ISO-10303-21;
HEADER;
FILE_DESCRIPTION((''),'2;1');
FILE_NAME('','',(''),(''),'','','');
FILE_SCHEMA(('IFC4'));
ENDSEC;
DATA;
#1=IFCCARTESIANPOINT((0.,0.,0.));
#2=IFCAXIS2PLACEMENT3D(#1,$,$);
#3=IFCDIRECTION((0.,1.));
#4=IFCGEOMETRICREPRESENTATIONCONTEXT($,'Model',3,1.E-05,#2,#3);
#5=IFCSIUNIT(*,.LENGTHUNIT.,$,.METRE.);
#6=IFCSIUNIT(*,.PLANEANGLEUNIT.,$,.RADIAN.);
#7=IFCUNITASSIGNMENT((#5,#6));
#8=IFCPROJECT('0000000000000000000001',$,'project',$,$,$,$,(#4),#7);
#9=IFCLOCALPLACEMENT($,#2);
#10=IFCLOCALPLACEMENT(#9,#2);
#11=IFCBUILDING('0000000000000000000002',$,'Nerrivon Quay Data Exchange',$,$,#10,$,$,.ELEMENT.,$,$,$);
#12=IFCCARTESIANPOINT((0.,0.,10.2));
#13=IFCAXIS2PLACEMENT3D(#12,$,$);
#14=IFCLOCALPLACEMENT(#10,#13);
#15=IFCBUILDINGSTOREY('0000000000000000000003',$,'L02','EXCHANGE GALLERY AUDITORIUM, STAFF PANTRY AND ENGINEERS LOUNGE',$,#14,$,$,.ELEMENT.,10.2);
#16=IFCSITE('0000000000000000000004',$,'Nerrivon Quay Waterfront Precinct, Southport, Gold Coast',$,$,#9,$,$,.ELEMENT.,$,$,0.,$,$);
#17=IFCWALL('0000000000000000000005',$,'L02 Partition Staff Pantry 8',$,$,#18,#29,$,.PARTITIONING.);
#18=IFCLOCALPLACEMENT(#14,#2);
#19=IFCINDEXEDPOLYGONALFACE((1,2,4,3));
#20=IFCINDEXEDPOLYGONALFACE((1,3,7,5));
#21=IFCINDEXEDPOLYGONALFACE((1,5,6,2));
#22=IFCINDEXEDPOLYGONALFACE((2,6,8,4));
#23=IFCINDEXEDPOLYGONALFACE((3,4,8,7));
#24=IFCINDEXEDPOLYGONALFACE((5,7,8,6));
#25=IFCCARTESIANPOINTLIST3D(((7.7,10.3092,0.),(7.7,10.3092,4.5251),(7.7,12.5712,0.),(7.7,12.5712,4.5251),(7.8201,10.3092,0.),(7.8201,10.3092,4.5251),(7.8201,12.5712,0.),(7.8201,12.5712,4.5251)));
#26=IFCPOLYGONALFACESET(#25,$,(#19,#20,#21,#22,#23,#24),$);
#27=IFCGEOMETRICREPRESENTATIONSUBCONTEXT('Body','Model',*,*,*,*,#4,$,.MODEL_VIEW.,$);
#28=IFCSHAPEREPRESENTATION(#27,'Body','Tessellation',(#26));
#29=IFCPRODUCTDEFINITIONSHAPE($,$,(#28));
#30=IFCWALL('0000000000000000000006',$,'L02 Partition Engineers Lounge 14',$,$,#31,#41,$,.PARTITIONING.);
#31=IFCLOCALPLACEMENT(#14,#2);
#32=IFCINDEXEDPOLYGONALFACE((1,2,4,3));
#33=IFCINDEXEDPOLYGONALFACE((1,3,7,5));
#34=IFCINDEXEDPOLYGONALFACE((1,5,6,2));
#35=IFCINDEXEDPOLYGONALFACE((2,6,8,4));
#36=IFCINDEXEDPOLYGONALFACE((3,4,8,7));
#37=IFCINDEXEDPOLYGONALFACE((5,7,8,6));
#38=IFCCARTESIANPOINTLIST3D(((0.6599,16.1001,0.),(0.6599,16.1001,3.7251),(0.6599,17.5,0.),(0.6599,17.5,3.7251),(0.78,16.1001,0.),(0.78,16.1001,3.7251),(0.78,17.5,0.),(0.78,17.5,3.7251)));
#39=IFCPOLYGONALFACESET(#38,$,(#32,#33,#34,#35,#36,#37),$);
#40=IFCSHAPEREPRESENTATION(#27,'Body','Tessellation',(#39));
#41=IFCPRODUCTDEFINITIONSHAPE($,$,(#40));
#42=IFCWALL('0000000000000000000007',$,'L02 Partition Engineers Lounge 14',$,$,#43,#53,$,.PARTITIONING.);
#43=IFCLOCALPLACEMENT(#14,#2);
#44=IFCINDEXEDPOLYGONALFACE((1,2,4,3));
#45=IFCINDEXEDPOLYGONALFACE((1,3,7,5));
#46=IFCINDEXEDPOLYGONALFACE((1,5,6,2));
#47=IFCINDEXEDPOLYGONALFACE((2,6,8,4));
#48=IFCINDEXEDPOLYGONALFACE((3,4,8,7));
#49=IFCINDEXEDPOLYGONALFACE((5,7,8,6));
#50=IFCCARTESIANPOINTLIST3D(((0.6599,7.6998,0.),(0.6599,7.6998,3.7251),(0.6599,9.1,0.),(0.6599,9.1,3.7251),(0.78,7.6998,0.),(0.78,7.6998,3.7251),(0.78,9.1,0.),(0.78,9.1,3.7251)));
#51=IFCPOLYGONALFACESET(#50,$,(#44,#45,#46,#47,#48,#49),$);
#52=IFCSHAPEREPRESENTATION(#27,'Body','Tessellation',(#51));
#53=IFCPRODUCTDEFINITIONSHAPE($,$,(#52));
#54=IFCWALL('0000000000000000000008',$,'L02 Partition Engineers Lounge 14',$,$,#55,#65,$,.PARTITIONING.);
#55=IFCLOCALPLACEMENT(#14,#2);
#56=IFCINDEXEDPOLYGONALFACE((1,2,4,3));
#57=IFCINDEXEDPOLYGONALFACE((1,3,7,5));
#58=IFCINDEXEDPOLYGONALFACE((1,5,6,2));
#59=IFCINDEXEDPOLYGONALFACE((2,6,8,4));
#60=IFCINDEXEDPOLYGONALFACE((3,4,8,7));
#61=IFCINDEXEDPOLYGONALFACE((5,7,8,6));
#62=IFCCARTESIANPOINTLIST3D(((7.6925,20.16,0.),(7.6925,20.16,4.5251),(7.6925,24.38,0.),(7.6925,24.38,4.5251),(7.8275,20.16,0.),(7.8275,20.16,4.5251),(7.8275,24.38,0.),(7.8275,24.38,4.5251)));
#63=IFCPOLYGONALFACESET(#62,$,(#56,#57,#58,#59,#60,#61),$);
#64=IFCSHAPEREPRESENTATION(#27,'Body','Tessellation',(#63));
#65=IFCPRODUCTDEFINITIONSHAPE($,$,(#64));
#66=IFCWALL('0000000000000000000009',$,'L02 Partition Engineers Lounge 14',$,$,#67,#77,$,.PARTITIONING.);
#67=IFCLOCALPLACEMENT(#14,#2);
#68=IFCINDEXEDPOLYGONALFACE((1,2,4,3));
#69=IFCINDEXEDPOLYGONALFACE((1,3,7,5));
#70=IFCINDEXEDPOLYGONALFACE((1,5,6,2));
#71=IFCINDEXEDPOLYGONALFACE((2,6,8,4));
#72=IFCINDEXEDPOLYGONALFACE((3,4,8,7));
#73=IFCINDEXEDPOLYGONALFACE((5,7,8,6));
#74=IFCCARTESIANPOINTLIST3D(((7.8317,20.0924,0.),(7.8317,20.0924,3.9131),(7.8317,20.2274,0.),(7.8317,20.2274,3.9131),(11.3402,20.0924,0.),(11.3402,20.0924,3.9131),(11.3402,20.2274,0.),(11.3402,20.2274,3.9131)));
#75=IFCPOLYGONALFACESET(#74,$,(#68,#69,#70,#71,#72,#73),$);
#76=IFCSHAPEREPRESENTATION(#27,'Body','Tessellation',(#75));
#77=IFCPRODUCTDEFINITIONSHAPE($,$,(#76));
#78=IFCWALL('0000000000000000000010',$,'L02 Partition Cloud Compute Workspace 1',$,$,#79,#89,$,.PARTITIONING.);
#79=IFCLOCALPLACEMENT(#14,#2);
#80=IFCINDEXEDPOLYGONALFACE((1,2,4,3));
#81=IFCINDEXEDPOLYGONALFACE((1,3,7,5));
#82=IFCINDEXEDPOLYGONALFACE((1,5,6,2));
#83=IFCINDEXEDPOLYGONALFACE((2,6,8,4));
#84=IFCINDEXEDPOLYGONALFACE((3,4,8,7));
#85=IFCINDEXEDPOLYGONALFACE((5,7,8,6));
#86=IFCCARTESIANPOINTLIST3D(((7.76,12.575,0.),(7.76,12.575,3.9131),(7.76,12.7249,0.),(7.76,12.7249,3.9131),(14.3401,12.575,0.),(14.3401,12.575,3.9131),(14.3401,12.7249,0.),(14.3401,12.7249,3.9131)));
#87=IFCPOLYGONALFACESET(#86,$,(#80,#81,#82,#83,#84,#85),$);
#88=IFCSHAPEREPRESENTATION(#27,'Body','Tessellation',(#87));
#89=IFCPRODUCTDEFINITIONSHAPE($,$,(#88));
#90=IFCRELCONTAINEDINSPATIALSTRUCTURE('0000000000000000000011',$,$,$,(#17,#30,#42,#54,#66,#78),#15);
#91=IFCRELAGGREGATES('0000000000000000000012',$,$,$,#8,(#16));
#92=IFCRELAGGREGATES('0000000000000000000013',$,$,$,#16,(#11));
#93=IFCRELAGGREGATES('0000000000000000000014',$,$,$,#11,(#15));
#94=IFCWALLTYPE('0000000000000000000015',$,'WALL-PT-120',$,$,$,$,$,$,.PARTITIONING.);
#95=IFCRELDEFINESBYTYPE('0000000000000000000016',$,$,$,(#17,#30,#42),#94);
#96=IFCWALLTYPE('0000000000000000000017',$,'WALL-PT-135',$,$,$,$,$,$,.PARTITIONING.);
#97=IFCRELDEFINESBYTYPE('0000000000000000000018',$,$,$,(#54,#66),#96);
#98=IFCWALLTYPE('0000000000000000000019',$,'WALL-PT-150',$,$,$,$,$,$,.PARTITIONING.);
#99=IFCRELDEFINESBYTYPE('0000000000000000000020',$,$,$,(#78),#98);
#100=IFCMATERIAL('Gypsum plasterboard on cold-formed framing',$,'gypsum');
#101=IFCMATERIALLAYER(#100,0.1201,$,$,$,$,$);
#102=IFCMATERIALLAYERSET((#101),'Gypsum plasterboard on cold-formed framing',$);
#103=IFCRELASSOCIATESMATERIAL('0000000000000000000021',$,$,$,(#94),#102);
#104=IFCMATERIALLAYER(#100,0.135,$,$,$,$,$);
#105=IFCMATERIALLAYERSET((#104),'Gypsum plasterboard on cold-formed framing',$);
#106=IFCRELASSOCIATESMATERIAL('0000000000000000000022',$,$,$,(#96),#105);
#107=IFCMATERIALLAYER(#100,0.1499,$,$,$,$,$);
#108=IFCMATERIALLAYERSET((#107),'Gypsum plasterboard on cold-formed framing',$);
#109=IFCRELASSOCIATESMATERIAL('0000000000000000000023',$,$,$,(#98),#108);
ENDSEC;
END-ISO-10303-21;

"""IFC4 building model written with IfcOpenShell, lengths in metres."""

from ifc_helpers import new_model, si_unit, direction, frame, frame_2d, origin, place, context, subcontext, project, spatial, rectangle, extrude, material, layer, layer_set, type_object, element, save


model = new_model("IFC4")

# Units and contexts
model_context = context("Model", 3, precision=1e-05, world=origin(), true_north=direction((0.0, 1.0)))
body_context = subcontext(model_context, "Body", "Model", "MODEL_VIEW")
ifc_project = project(units=[si_unit("LENGTHUNIT", "METRE"), si_unit("PLANEANGLEUNIT", "RADIAN")], contexts=[model_context])

# Site, building, storey
site_placement = place(None, origin())
site = spatial("IfcSite", under=ifc_project, at=site_placement, Name="Nerrivon Quay Waterfront Precinct, Southport, Gold Coast", CompositionType="ELEMENT", RefElevation=0.0)
building_placement = place(site_placement, origin())
building = spatial("IfcBuilding", under=site, at=building_placement, Name="Nerrivon Quay Data Exchange", CompositionType="ELEMENT")
storey_placement = place(building_placement, frame((0.0, 0.0, 10.2)))
storey = spatial("IfcBuildingStorey", under=building, at=storey_placement, Name="L02", Description="EXCHANGE GALLERY AUDITORIUM, STAFF PANTRY AND ENGINEERS LOUNGE", CompositionType="ELEMENT", Elevation=10.2)

# Walls
ifc_material_1 = material(Name="Gypsum plasterboard on cold-formed framing", Category="gypsum")
ifc_layer_1 = layer(ifc_material_1, 0.1201)
ifc_layer_set_1 = layer_set([ifc_layer_1], Name="Gypsum plasterboard on cold-formed framing")
wall_type_1 = type_object("IfcWallType", Name="WALL-PT-120", PredefinedType="PARTITIONING", material=ifc_layer_set_1)
wall_1_placement = place(storey_placement, frame((7.76, 12.571, 0.0), z_axis=(0.0, 0.0, 1.0), x_axis=(0.0, -1.0, 0.0)))
element("IfcWall", 1, at=wall_1_placement, inside=storey, type_object=wall_type_1, Name="L02 Partition Staff Pantry 8", PredefinedType="PARTITIONING", context=body_context, shape_type="SweptSolid", body=[
    extrude(rectangle(XDim=2.262, YDim=0.1201, at=frame_2d((1.1309, 0.0))), origin(), (0.0, 0.0, 1.0), 4.5251),
])
wall_2_placement = place(storey_placement, frame((0.72, 17.5, 0.0), z_axis=(0.0, 0.0, 1.0), x_axis=(0.0, -1.0, 0.0)))
element("IfcWall", 2, at=wall_2_placement, inside=storey, type_object=wall_type_1, Name="L02 Partition Engineers Lounge 14", PredefinedType="PARTITIONING", context=body_context, shape_type="SweptSolid", body=[
    extrude(rectangle(XDim=1.3999, YDim=0.1201, at=frame_2d((0.7, 0.0))), origin(), (0.0, 0.0, 1.0), 3.7251),
])
wall_3_placement = place(storey_placement, frame((0.72, 9.1001, 0.0), z_axis=(0.0, 0.0, 1.0), x_axis=(0.0, -1.0, 0.0)))
element("IfcWall", 3, at=wall_3_placement, inside=storey, type_object=wall_type_1, Name="L02 Partition Engineers Lounge 14", PredefinedType="PARTITIONING", context=body_context, shape_type="SweptSolid", body=[
    extrude(rectangle(XDim=1.4001, YDim=0.1201, at=frame_2d((0.7002, 0.0))), origin(), (0.0, 0.0, 1.0), 3.7251),
])
ifc_layer_2 = layer(ifc_material_1, 0.135)
ifc_layer_set_2 = layer_set([ifc_layer_2], Name="Gypsum plasterboard on cold-formed framing")
wall_type_2 = type_object("IfcWallType", Name="WALL-PT-135", PredefinedType="PARTITIONING", material=ifc_layer_set_2)
wall_4_placement = place(storey_placement, frame((7.76, 24.3799, 0.0), z_axis=(0.0, 0.0, 1.0), x_axis=(0.0, -1.0, 0.0)))
element("IfcWall", 4, at=wall_4_placement, inside=storey, type_object=wall_type_2, Name="L02 Partition Engineers Lounge 14", PredefinedType="PARTITIONING", context=body_context, shape_type="SweptSolid", body=[
    extrude(rectangle(XDim=4.22, YDim=0.135, at=frame_2d((2.1099, 0.0))), origin(), (0.0, 0.0, 1.0), 4.5251),
])
wall_5_placement = place(storey_placement, frame((7.8315, 20.1599, 0.0), z_axis=(0.0, 0.0, 1.0), x_axis=(1.0, 0.0, 0.0)))
element("IfcWall", 5, at=wall_5_placement, inside=storey, type_object=wall_type_2, Name="L02 Partition Engineers Lounge 14", PredefinedType="PARTITIONING", context=body_context, shape_type="SweptSolid", body=[
    extrude(rectangle(XDim=3.5085, YDim=0.135, at=frame_2d((1.7544, 0.0))), origin(), (0.0, 0.0, 1.0), 3.9131),
])
ifc_layer_3 = layer(ifc_material_1, 0.1499)
ifc_layer_set_3 = layer_set([ifc_layer_3], Name="Gypsum plasterboard on cold-formed framing")
wall_type_3 = type_object("IfcWallType", Name="WALL-PT-150", PredefinedType="PARTITIONING", material=ifc_layer_set_3)
wall_6_placement = place(storey_placement, frame((7.76, 12.6499, 0.0), z_axis=(0.0, 0.0, 1.0), x_axis=(1.0, 0.0, 0.0)))
element("IfcWall", 6, at=wall_6_placement, inside=storey, type_object=wall_type_3, Name="L02 Partition Cloud Compute Workspace 1", PredefinedType="PARTITIONING", context=body_context, shape_type="SweptSolid", body=[
    extrude(rectangle(XDim=6.5801, YDim=0.1499, at=frame_2d((3.29, 0.0))), origin(), (0.0, 0.0, 1.0), 3.9131),
])

save(model, "model.ifc")
